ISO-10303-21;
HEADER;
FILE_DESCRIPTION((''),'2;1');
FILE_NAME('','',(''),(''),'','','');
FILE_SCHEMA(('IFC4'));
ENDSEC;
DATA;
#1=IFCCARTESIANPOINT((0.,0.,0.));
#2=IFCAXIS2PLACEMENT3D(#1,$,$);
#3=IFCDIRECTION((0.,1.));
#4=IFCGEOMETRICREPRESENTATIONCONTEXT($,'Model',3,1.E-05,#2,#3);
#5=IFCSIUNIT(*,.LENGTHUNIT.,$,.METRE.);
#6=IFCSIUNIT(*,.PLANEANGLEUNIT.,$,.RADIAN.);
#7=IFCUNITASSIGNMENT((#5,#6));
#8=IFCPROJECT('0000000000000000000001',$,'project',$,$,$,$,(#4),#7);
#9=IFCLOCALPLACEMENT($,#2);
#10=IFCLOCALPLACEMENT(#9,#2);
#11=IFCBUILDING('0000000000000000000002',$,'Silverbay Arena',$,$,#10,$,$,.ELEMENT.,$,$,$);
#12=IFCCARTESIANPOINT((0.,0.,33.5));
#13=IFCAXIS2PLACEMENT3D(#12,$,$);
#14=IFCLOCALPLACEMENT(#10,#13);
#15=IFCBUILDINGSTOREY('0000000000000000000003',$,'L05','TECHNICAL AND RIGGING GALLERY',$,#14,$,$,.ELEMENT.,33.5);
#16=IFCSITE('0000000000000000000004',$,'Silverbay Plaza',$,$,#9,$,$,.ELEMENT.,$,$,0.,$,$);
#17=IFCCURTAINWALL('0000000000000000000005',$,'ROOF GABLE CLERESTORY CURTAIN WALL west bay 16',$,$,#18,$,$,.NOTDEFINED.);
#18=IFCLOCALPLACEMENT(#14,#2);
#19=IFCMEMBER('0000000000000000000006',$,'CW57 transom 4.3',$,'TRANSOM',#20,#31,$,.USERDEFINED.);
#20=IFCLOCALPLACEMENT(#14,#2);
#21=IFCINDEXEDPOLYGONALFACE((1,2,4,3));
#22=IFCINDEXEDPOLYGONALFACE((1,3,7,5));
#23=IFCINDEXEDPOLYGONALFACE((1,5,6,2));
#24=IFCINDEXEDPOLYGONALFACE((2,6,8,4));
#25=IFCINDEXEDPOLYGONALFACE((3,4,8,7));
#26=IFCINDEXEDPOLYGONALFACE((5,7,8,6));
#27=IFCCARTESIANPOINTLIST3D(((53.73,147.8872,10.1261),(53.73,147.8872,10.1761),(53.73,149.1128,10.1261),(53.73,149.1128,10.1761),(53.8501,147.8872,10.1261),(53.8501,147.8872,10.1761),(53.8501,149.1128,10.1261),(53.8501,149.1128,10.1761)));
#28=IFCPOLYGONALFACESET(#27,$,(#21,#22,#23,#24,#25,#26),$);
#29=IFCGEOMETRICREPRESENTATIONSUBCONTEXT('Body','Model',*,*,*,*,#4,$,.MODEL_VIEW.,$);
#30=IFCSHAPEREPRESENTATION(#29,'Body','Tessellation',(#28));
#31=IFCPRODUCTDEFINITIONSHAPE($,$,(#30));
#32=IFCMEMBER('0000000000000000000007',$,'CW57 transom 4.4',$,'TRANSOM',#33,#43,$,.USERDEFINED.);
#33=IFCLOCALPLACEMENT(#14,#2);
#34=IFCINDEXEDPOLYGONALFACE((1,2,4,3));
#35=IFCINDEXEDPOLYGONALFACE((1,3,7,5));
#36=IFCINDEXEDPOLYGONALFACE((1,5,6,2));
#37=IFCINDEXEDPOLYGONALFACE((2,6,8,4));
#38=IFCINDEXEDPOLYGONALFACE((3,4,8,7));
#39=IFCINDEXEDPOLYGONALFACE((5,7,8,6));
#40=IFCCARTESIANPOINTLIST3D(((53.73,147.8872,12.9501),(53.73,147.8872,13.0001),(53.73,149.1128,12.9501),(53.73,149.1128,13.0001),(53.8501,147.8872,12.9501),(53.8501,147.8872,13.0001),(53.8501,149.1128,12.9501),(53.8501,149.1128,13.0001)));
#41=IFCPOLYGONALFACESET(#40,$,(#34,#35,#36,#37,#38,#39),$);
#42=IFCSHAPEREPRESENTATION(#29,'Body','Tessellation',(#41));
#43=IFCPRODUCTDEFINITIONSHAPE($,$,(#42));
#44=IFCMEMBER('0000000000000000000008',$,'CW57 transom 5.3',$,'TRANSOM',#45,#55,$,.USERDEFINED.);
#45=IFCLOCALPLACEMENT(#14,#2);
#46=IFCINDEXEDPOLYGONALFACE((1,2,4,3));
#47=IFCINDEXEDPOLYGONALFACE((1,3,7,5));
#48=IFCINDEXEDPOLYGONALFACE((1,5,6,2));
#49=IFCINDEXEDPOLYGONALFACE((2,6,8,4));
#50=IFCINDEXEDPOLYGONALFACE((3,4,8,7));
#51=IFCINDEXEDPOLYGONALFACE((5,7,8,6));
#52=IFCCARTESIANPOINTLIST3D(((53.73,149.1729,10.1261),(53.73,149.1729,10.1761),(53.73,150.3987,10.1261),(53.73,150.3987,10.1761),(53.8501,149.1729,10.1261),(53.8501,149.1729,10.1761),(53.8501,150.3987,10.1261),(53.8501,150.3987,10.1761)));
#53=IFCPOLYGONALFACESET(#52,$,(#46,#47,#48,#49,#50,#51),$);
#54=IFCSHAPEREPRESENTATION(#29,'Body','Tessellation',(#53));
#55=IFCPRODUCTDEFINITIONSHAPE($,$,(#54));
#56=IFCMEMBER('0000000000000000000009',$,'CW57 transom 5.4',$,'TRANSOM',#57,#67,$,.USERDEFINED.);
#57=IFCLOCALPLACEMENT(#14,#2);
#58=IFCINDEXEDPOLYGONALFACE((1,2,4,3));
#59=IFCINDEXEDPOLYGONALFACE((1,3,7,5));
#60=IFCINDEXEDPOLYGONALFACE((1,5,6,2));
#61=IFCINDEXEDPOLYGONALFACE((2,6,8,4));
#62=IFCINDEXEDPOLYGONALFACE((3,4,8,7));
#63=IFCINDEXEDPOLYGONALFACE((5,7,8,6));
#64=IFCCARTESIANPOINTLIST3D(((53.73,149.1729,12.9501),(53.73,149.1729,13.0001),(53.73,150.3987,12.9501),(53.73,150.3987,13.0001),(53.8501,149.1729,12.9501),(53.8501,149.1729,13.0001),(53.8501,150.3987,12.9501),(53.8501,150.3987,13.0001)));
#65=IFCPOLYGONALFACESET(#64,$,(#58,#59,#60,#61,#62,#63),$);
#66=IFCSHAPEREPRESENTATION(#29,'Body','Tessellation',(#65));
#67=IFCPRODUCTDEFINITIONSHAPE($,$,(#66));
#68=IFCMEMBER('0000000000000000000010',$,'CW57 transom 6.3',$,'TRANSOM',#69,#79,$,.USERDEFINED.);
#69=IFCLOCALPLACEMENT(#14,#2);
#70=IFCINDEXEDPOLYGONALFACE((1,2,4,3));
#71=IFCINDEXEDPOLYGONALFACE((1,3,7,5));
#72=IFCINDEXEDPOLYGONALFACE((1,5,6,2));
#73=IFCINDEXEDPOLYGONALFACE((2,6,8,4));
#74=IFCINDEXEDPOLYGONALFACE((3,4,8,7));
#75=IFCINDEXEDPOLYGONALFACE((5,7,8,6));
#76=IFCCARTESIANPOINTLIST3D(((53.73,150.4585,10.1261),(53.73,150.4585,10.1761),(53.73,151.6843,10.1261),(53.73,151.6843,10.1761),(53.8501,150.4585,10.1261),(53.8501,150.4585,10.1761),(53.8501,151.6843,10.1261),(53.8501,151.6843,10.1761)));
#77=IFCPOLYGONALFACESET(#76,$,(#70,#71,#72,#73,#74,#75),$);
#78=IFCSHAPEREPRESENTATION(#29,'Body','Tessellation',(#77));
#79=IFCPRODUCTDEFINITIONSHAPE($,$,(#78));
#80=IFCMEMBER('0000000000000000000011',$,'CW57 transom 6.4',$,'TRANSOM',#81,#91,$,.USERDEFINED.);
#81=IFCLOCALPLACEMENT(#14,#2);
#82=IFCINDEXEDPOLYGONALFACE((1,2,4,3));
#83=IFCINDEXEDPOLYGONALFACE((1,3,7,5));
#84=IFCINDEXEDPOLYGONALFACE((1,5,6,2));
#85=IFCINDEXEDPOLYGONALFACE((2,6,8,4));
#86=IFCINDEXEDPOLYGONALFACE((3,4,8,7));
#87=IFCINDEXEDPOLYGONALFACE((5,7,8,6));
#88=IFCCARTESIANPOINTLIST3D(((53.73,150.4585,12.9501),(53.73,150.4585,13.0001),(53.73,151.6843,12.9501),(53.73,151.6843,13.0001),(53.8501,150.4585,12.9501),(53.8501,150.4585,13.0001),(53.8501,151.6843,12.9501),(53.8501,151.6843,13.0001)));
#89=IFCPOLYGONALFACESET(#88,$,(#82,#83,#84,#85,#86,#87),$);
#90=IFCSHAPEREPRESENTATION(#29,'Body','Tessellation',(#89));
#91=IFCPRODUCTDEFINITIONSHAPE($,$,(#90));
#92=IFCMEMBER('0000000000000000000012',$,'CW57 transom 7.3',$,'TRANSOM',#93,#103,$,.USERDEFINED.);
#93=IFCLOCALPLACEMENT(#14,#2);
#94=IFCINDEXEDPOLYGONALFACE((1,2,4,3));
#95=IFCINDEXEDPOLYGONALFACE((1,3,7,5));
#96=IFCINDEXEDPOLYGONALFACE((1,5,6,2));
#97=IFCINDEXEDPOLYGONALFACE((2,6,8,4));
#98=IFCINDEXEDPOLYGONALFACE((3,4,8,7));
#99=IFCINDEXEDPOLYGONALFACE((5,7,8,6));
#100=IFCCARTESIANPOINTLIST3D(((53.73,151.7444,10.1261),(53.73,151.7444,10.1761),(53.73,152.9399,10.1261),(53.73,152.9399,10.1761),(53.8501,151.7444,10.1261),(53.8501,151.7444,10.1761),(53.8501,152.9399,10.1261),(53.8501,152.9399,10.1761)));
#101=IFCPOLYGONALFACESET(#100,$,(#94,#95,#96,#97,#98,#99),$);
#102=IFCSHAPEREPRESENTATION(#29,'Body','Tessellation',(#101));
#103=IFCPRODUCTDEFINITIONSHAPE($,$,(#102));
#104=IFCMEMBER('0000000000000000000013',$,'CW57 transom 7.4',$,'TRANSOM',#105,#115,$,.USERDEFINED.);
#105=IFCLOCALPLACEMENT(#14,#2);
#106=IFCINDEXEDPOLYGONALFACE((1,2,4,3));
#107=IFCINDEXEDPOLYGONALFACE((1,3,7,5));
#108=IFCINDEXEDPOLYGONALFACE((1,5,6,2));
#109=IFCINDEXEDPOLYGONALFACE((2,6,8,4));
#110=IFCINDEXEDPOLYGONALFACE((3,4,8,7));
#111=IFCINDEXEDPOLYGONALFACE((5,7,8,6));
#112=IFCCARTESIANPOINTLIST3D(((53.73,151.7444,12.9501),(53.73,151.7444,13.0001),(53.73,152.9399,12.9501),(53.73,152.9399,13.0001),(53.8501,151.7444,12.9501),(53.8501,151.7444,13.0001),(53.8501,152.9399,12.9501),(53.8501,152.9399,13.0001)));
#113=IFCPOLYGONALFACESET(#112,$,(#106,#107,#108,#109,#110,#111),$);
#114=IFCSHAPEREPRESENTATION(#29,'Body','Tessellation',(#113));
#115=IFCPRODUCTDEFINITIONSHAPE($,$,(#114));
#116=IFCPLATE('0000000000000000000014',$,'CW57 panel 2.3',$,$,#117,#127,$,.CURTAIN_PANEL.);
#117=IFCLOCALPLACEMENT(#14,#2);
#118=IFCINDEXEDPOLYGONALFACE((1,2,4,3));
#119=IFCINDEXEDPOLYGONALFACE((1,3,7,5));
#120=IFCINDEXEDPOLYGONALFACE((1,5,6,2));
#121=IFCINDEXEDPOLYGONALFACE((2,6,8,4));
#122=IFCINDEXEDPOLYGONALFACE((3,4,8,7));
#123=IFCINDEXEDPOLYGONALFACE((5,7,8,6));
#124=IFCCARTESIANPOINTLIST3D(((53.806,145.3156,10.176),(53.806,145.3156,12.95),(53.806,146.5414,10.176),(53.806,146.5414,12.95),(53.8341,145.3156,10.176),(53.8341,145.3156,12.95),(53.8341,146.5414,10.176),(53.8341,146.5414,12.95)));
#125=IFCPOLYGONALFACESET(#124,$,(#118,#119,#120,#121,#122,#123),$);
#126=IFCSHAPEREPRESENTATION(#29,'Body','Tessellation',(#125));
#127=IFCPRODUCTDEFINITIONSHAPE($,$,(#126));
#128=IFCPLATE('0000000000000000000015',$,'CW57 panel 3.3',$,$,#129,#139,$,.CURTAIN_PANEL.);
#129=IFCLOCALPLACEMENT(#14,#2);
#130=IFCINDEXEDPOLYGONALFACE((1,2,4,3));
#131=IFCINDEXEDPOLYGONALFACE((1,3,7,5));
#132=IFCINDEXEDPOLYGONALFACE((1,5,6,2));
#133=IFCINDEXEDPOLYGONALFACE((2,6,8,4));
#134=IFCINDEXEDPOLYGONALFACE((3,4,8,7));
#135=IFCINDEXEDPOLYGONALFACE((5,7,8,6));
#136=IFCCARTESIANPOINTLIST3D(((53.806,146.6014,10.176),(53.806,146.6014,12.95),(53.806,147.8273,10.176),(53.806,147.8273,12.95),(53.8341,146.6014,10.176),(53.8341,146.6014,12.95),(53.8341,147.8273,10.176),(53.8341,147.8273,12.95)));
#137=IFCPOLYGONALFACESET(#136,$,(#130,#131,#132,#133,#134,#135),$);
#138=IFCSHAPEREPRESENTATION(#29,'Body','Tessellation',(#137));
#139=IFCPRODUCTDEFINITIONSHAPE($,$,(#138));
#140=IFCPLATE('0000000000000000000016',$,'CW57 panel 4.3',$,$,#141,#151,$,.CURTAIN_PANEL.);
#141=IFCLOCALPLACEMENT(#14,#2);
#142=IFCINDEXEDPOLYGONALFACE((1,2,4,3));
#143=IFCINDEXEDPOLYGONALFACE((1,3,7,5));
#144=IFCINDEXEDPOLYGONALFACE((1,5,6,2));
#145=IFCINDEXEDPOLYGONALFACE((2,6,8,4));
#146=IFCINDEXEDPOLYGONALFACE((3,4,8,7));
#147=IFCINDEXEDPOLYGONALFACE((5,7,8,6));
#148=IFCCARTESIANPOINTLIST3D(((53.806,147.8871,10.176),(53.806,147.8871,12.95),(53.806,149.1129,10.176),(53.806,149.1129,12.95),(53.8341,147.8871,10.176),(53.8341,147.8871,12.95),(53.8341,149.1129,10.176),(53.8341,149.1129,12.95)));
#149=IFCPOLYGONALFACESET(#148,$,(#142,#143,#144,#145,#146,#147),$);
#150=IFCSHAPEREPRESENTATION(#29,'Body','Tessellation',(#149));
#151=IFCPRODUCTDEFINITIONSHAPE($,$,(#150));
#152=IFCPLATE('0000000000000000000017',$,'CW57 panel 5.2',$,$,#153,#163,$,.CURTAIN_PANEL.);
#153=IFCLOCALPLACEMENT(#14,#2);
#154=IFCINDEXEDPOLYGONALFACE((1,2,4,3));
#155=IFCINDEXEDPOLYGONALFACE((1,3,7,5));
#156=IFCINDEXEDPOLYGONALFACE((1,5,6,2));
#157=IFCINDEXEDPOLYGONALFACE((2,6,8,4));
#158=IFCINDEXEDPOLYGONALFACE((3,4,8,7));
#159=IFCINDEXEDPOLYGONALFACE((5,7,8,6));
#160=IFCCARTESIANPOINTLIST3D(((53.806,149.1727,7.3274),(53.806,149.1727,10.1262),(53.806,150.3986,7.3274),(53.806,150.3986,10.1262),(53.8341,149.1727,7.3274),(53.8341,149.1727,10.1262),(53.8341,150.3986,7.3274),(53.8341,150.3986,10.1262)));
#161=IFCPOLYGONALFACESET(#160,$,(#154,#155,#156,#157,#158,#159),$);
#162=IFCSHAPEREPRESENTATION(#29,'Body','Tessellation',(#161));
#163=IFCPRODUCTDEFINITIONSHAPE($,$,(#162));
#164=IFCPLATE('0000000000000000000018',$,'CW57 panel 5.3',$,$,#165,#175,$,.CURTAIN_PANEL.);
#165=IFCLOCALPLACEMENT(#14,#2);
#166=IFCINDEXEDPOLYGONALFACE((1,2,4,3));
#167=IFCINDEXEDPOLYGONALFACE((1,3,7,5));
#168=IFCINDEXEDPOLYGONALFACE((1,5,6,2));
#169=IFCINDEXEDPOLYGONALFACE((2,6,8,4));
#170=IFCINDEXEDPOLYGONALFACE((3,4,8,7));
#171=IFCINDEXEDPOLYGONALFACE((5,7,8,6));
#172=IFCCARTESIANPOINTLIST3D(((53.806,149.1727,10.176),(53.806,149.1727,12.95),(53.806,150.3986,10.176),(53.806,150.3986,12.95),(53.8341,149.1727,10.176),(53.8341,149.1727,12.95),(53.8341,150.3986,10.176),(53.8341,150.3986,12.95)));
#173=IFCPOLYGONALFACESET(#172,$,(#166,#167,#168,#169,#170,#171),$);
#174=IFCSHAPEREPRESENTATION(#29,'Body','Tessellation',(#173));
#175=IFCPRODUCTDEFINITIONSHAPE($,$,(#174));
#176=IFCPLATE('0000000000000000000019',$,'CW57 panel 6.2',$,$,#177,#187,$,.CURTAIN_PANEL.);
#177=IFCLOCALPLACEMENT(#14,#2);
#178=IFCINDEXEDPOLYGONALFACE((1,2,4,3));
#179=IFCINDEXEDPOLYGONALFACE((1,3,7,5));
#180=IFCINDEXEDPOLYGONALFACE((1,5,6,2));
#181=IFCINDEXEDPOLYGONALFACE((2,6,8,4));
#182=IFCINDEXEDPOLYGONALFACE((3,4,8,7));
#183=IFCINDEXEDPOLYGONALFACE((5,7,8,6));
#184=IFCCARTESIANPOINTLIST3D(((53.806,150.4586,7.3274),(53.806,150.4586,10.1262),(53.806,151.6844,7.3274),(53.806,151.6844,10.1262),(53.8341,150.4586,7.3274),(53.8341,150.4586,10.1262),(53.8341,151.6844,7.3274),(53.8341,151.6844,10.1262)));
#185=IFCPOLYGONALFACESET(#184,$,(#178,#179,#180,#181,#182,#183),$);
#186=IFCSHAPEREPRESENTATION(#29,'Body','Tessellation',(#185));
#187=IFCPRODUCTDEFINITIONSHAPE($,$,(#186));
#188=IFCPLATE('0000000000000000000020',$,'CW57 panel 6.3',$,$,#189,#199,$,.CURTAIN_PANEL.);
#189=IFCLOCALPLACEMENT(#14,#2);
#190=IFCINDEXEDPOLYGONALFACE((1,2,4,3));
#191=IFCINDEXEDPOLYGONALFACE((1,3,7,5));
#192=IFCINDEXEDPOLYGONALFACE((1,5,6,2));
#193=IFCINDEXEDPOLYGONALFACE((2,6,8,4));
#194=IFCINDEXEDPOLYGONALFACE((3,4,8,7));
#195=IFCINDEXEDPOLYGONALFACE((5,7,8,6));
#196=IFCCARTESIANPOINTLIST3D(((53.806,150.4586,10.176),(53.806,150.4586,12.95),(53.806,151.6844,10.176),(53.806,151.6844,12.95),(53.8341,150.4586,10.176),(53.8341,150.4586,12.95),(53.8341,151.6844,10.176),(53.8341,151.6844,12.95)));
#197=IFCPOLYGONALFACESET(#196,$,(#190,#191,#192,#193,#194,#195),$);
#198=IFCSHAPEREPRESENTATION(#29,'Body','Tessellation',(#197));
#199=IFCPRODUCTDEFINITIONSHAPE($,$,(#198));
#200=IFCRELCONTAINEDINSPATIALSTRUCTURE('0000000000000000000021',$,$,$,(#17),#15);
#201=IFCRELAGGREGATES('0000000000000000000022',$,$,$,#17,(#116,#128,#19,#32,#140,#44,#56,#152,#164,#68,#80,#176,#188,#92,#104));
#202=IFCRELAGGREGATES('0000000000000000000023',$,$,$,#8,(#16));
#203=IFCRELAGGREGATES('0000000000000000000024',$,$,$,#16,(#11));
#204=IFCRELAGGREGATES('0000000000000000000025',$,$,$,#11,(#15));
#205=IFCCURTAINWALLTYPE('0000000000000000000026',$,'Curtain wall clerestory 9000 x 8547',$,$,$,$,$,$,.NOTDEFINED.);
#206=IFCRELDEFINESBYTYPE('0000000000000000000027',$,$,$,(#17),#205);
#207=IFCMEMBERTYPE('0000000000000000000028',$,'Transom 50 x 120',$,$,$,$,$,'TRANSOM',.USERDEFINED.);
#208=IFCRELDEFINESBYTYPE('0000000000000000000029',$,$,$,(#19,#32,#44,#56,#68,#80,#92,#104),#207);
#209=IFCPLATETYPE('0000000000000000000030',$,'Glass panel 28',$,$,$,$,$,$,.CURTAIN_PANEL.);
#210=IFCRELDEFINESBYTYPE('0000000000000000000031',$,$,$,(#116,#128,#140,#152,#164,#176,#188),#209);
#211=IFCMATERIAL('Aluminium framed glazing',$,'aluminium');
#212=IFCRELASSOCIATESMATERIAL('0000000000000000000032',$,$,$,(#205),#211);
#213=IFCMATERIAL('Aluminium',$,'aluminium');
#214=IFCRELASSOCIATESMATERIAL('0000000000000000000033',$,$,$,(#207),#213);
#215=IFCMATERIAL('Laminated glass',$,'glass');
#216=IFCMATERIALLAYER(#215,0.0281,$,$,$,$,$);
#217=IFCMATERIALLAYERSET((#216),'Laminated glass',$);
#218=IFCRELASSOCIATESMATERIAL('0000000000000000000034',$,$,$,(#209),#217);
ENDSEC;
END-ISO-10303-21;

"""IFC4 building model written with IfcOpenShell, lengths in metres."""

from ifc_helpers import new_model, si_unit, direction, frame, origin, origin_2d, place, context, subcontext, project, spatial, rectangle, extrude, material, layer, layer_set, material_profile, profile_set, type_object, element, aggregate, save


model = new_model("IFC4")

# Units and contexts
model_context = context("Model", 3, precision=1e-05, world=origin(), true_north=direction((0.0, 1.0)))
body_context = subcontext(model_context, "Body", "Model", "MODEL_VIEW")
ifc_project = project(units=[si_unit("LENGTHUNIT", "METRE"), si_unit("PLANEANGLEUNIT", "RADIAN")], contexts=[model_context])

# Site, building, storey
site_placement = place(None, origin())
site = spatial("IfcSite", under=ifc_project, at=site_placement, Name="Silverbay Plaza", CompositionType="ELEMENT", RefElevation=0.0)
building_placement = place(site_placement, origin())
building = spatial("IfcBuilding", under=site, at=building_placement, Name="Silverbay Arena", CompositionType="ELEMENT")
storey_placement = place(building_placement, frame((0.0, 0.0, 33.5)))
storey = spatial("IfcBuildingStorey", under=building, at=storey_placement, Name="L05", Description="TECHNICAL AND RIGGING GALLERY", CompositionType="ELEMENT", Elevation=33.5)

# Curtain wall, members, plates
ifc_material_1 = material(Name="Aluminium framed glazing", Category="aluminium")
curtain_wall_type = type_object("IfcCurtainWallType", Name="Curtain wall clerestory 9000 x 8547", PredefinedType="NOTDEFINED", material=ifc_material_1)
curtain_wall_placement = place(storey_placement, origin())
curtain_wall = element("IfcCurtainWall", 1, at=curtain_wall_placement, inside=storey, type_object=curtain_wall_type, Name="ROOF GABLE CLERESTORY CURTAIN WALL west bay 16", PredefinedType="NOTDEFINED")
ifc_material_2 = material(Name="Aluminium", Category="aluminium")
ifc_material_profile_1 = material_profile(ifc_material_2, rectangle(XDim=0.1201, YDim=0.05, at=origin_2d()), Name="Transom 50 x 120")
ifc_profile_set_1 = profile_set([ifc_material_profile_1], Name="Aluminium")
member_type_1 = type_object("IfcMemberType", Name="Transom 50 x 120", ElementType="TRANSOM", PredefinedType="USERDEFINED", material=ifc_profile_set_1)
member_1_placement = place(storey_placement, frame((53.79, 147.8872, 10.1511), z_axis=(0.0, 1.0, 0.0), x_axis=(-1.0, 0.0, 0.0)))
member_1 = element("IfcMember", 2, at=member_1_placement, type_object=member_type_1, Name="CW57 transom 4.3", ObjectType="TRANSOM", PredefinedType="USERDEFINED", context=body_context, shape_type="SweptSolid", body=[
    extrude(rectangle(XDim=0.1201, YDim=0.05, at=origin_2d()), origin(), (0.0, 0.0, 1.0), 1.2256),
])
member_2_placement = place(storey_placement, frame((53.79, 147.8872, 12.9751), z_axis=(0.0, 1.0, 0.0), x_axis=(-1.0, 0.0, 0.0)))
member_2 = element("IfcMember", 3, at=member_2_placement, type_object=member_type_1, Name="CW57 transom 4.4", ObjectType="TRANSOM", PredefinedType="USERDEFINED", context=body_context, shape_type="SweptSolid", body=[
    extrude(rectangle(XDim=0.1201, YDim=0.05, at=origin_2d()), origin(), (0.0, 0.0, 1.0), 1.2256),
])
member_3_placement = place(storey_placement, frame((53.79, 149.1729, 10.1511), z_axis=(0.0, 1.0, 0.0), x_axis=(-1.0, 0.0, 0.0)))
member_3 = element("IfcMember", 4, at=member_3_placement, type_object=member_type_1, Name="CW57 transom 5.3", ObjectType="TRANSOM", PredefinedType="USERDEFINED", context=body_context, shape_type="SweptSolid", body=[
    extrude(rectangle(XDim=0.1201, YDim=0.05, at=origin_2d()), origin(), (0.0, 0.0, 1.0), 1.2258),
])
member_4_placement = place(storey_placement, frame((53.79, 149.1729, 12.9751), z_axis=(0.0, 1.0, 0.0), x_axis=(-1.0, 0.0, 0.0)))
member_4 = element("IfcMember", 5, at=member_4_placement, type_object=member_type_1, Name="CW57 transom 5.4", ObjectType="TRANSOM", PredefinedType="USERDEFINED", context=body_context, shape_type="SweptSolid", body=[
    extrude(rectangle(XDim=0.1201, YDim=0.05, at=origin_2d()), origin(), (0.0, 0.0, 1.0), 1.2258),
])
member_5_placement = place(storey_placement, frame((53.79, 150.4585, 10.1511), z_axis=(0.0, 1.0, 0.0), x_axis=(-1.0, 0.0, 0.0)))
member_5 = element("IfcMember", 6, at=member_5_placement, type_object=member_type_1, Name="CW57 transom 6.3", ObjectType="TRANSOM", PredefinedType="USERDEFINED", context=body_context, shape_type="SweptSolid", body=[
    extrude(rectangle(XDim=0.1201, YDim=0.05, at=origin_2d()), origin(), (0.0, 0.0, 1.0), 1.2258),
])
member_6_placement = place(storey_placement, frame((53.79, 150.4585, 12.9751), z_axis=(0.0, 1.0, 0.0), x_axis=(-1.0, 0.0, 0.0)))
member_6 = element("IfcMember", 7, at=member_6_placement, type_object=member_type_1, Name="CW57 transom 6.4", ObjectType="TRANSOM", PredefinedType="USERDEFINED", context=body_context, shape_type="SweptSolid", body=[
    extrude(rectangle(XDim=0.1201, YDim=0.05, at=origin_2d()), origin(), (0.0, 0.0, 1.0), 1.2258),
])
member_7_placement = place(storey_placement, frame((53.79, 151.7444, 10.1511), z_axis=(0.0, 1.0, 0.0), x_axis=(-1.0, 0.0, 0.0)))
member_7 = element("IfcMember", 8, at=member_7_placement, type_object=member_type_1, Name="CW57 transom 7.3", ObjectType="TRANSOM", PredefinedType="USERDEFINED", context=body_context, shape_type="SweptSolid", body=[
    extrude(rectangle(XDim=0.1201, YDim=0.05, at=origin_2d()), origin(), (0.0, 0.0, 1.0), 1.1956),
])
member_8_placement = place(storey_placement, frame((53.79, 151.7444, 12.9751), z_axis=(0.0, 1.0, 0.0), x_axis=(-1.0, 0.0, 0.0)))
member_8 = element("IfcMember", 9, at=member_8_placement, type_object=member_type_1, Name="CW57 transom 7.4", ObjectType="TRANSOM", PredefinedType="USERDEFINED", context=body_context, shape_type="SweptSolid", body=[
    extrude(rectangle(XDim=0.1201, YDim=0.05, at=origin_2d()), origin(), (0.0, 0.0, 1.0), 1.1956),
])
ifc_material_3 = material(Name="Laminated glass", Category="glass")
ifc_layer_1 = layer(ifc_material_3, 0.0281)
ifc_layer_set_1 = layer_set([ifc_layer_1], Name="Laminated glass")
plate_type = type_object("IfcPlateType", Name="Glass panel 28", PredefinedType="CURTAIN_PANEL", material=ifc_layer_set_1)
plate_1_placement = place(storey_placement, frame((53.8201, 145.9285, 10.176), z_axis=(0.0, 0.0, 1.0), x_axis=(0.0, 1.0, 0.0)))
plate_1 = element("IfcPlate", 10, at=plate_1_placement, type_object=plate_type, Name="CW57 panel 2.3", PredefinedType="CURTAIN_PANEL", context=body_context, shape_type="SweptSolid", body=[
    extrude(rectangle(XDim=1.2258, YDim=0.0281, at=origin_2d()), origin(), (0.0, 0.0, 1.0), 2.7739),
])
plate_2_placement = place(storey_placement, frame((53.8201, 147.2144, 10.176), z_axis=(0.0, 0.0, 1.0), x_axis=(0.0, 1.0, 0.0)))
plate_2 = element("IfcPlate", 11, at=plate_2_placement, type_object=plate_type, Name="CW57 panel 3.3", PredefinedType="CURTAIN_PANEL", context=body_context, shape_type="SweptSolid", body=[
    extrude(rectangle(XDim=1.2258, YDim=0.0281, at=origin_2d()), origin(), (0.0, 0.0, 1.0), 2.7739),
])
plate_3_placement = place(storey_placement, frame((53.8201, 148.5, 10.176), z_axis=(0.0, 0.0, 1.0), x_axis=(0.0, 1.0, 0.0)))
plate_3 = element("IfcPlate", 12, at=plate_3_placement, type_object=plate_type, Name="CW57 panel 4.3", PredefinedType="CURTAIN_PANEL", context=body_context, shape_type="SweptSolid", body=[
    extrude(rectangle(XDim=1.2258, YDim=0.0281, at=origin_2d()), origin(), (0.0, 0.0, 1.0), 2.7739),
])
plate_4_placement = place(storey_placement, frame((53.8201, 149.7856, 7.3274), z_axis=(0.0, 0.0, 1.0), x_axis=(0.0, 1.0, 0.0)))
plate_4 = element("IfcPlate", 13, at=plate_4_placement, type_object=plate_type, Name="CW57 panel 5.2", PredefinedType="CURTAIN_PANEL", context=body_context, shape_type="SweptSolid", body=[
    extrude(rectangle(XDim=1.2258, YDim=0.0281, at=origin_2d()), origin(), (0.0, 0.0, 1.0), 2.7988),
])
plate_5_placement = place(storey_placement, frame((53.8201, 149.7856, 10.176), z_axis=(0.0, 0.0, 1.0), x_axis=(0.0, 1.0, 0.0)))
plate_5 = element("IfcPlate", 14, at=plate_5_placement, type_object=plate_type, Name="CW57 panel 5.3", PredefinedType="CURTAIN_PANEL", context=body_context, shape_type="SweptSolid", body=[
    extrude(rectangle(XDim=1.2258, YDim=0.0281, at=origin_2d()), origin(), (0.0, 0.0, 1.0), 2.7739),
])
plate_6_placement = place(storey_placement, frame((53.8201, 151.0715, 7.3274), z_axis=(0.0, 0.0, 1.0), x_axis=(0.0, 1.0, 0.0)))
plate_6 = element("IfcPlate", 15, at=plate_6_placement, type_object=plate_type, Name="CW57 panel 6.2", PredefinedType="CURTAIN_PANEL", context=body_context, shape_type="SweptSolid", body=[
    extrude(rectangle(XDim=1.2258, YDim=0.0281, at=origin_2d()), origin(), (0.0, 0.0, 1.0), 2.7988),
])
plate_7_placement = place(storey_placement, frame((53.8201, 151.0715, 10.176), z_axis=(0.0, 0.0, 1.0), x_axis=(0.0, 1.0, 0.0)))
plate_7 = element("IfcPlate", 16, at=plate_7_placement, type_object=plate_type, Name="CW57 panel 6.3", PredefinedType="CURTAIN_PANEL", context=body_context, shape_type="SweptSolid", body=[
    extrude(rectangle(XDim=1.2258, YDim=0.0281, at=origin_2d()), origin(), (0.0, 0.0, 1.0), 2.7739),
])
aggregate(curtain_wall, [plate_1, plate_2, member_1, member_2, plate_3, member_3, member_4, plate_4, plate_5, member_5, member_6, plate_6, plate_7, member_7, member_8])

save(model, "model.ifc")
